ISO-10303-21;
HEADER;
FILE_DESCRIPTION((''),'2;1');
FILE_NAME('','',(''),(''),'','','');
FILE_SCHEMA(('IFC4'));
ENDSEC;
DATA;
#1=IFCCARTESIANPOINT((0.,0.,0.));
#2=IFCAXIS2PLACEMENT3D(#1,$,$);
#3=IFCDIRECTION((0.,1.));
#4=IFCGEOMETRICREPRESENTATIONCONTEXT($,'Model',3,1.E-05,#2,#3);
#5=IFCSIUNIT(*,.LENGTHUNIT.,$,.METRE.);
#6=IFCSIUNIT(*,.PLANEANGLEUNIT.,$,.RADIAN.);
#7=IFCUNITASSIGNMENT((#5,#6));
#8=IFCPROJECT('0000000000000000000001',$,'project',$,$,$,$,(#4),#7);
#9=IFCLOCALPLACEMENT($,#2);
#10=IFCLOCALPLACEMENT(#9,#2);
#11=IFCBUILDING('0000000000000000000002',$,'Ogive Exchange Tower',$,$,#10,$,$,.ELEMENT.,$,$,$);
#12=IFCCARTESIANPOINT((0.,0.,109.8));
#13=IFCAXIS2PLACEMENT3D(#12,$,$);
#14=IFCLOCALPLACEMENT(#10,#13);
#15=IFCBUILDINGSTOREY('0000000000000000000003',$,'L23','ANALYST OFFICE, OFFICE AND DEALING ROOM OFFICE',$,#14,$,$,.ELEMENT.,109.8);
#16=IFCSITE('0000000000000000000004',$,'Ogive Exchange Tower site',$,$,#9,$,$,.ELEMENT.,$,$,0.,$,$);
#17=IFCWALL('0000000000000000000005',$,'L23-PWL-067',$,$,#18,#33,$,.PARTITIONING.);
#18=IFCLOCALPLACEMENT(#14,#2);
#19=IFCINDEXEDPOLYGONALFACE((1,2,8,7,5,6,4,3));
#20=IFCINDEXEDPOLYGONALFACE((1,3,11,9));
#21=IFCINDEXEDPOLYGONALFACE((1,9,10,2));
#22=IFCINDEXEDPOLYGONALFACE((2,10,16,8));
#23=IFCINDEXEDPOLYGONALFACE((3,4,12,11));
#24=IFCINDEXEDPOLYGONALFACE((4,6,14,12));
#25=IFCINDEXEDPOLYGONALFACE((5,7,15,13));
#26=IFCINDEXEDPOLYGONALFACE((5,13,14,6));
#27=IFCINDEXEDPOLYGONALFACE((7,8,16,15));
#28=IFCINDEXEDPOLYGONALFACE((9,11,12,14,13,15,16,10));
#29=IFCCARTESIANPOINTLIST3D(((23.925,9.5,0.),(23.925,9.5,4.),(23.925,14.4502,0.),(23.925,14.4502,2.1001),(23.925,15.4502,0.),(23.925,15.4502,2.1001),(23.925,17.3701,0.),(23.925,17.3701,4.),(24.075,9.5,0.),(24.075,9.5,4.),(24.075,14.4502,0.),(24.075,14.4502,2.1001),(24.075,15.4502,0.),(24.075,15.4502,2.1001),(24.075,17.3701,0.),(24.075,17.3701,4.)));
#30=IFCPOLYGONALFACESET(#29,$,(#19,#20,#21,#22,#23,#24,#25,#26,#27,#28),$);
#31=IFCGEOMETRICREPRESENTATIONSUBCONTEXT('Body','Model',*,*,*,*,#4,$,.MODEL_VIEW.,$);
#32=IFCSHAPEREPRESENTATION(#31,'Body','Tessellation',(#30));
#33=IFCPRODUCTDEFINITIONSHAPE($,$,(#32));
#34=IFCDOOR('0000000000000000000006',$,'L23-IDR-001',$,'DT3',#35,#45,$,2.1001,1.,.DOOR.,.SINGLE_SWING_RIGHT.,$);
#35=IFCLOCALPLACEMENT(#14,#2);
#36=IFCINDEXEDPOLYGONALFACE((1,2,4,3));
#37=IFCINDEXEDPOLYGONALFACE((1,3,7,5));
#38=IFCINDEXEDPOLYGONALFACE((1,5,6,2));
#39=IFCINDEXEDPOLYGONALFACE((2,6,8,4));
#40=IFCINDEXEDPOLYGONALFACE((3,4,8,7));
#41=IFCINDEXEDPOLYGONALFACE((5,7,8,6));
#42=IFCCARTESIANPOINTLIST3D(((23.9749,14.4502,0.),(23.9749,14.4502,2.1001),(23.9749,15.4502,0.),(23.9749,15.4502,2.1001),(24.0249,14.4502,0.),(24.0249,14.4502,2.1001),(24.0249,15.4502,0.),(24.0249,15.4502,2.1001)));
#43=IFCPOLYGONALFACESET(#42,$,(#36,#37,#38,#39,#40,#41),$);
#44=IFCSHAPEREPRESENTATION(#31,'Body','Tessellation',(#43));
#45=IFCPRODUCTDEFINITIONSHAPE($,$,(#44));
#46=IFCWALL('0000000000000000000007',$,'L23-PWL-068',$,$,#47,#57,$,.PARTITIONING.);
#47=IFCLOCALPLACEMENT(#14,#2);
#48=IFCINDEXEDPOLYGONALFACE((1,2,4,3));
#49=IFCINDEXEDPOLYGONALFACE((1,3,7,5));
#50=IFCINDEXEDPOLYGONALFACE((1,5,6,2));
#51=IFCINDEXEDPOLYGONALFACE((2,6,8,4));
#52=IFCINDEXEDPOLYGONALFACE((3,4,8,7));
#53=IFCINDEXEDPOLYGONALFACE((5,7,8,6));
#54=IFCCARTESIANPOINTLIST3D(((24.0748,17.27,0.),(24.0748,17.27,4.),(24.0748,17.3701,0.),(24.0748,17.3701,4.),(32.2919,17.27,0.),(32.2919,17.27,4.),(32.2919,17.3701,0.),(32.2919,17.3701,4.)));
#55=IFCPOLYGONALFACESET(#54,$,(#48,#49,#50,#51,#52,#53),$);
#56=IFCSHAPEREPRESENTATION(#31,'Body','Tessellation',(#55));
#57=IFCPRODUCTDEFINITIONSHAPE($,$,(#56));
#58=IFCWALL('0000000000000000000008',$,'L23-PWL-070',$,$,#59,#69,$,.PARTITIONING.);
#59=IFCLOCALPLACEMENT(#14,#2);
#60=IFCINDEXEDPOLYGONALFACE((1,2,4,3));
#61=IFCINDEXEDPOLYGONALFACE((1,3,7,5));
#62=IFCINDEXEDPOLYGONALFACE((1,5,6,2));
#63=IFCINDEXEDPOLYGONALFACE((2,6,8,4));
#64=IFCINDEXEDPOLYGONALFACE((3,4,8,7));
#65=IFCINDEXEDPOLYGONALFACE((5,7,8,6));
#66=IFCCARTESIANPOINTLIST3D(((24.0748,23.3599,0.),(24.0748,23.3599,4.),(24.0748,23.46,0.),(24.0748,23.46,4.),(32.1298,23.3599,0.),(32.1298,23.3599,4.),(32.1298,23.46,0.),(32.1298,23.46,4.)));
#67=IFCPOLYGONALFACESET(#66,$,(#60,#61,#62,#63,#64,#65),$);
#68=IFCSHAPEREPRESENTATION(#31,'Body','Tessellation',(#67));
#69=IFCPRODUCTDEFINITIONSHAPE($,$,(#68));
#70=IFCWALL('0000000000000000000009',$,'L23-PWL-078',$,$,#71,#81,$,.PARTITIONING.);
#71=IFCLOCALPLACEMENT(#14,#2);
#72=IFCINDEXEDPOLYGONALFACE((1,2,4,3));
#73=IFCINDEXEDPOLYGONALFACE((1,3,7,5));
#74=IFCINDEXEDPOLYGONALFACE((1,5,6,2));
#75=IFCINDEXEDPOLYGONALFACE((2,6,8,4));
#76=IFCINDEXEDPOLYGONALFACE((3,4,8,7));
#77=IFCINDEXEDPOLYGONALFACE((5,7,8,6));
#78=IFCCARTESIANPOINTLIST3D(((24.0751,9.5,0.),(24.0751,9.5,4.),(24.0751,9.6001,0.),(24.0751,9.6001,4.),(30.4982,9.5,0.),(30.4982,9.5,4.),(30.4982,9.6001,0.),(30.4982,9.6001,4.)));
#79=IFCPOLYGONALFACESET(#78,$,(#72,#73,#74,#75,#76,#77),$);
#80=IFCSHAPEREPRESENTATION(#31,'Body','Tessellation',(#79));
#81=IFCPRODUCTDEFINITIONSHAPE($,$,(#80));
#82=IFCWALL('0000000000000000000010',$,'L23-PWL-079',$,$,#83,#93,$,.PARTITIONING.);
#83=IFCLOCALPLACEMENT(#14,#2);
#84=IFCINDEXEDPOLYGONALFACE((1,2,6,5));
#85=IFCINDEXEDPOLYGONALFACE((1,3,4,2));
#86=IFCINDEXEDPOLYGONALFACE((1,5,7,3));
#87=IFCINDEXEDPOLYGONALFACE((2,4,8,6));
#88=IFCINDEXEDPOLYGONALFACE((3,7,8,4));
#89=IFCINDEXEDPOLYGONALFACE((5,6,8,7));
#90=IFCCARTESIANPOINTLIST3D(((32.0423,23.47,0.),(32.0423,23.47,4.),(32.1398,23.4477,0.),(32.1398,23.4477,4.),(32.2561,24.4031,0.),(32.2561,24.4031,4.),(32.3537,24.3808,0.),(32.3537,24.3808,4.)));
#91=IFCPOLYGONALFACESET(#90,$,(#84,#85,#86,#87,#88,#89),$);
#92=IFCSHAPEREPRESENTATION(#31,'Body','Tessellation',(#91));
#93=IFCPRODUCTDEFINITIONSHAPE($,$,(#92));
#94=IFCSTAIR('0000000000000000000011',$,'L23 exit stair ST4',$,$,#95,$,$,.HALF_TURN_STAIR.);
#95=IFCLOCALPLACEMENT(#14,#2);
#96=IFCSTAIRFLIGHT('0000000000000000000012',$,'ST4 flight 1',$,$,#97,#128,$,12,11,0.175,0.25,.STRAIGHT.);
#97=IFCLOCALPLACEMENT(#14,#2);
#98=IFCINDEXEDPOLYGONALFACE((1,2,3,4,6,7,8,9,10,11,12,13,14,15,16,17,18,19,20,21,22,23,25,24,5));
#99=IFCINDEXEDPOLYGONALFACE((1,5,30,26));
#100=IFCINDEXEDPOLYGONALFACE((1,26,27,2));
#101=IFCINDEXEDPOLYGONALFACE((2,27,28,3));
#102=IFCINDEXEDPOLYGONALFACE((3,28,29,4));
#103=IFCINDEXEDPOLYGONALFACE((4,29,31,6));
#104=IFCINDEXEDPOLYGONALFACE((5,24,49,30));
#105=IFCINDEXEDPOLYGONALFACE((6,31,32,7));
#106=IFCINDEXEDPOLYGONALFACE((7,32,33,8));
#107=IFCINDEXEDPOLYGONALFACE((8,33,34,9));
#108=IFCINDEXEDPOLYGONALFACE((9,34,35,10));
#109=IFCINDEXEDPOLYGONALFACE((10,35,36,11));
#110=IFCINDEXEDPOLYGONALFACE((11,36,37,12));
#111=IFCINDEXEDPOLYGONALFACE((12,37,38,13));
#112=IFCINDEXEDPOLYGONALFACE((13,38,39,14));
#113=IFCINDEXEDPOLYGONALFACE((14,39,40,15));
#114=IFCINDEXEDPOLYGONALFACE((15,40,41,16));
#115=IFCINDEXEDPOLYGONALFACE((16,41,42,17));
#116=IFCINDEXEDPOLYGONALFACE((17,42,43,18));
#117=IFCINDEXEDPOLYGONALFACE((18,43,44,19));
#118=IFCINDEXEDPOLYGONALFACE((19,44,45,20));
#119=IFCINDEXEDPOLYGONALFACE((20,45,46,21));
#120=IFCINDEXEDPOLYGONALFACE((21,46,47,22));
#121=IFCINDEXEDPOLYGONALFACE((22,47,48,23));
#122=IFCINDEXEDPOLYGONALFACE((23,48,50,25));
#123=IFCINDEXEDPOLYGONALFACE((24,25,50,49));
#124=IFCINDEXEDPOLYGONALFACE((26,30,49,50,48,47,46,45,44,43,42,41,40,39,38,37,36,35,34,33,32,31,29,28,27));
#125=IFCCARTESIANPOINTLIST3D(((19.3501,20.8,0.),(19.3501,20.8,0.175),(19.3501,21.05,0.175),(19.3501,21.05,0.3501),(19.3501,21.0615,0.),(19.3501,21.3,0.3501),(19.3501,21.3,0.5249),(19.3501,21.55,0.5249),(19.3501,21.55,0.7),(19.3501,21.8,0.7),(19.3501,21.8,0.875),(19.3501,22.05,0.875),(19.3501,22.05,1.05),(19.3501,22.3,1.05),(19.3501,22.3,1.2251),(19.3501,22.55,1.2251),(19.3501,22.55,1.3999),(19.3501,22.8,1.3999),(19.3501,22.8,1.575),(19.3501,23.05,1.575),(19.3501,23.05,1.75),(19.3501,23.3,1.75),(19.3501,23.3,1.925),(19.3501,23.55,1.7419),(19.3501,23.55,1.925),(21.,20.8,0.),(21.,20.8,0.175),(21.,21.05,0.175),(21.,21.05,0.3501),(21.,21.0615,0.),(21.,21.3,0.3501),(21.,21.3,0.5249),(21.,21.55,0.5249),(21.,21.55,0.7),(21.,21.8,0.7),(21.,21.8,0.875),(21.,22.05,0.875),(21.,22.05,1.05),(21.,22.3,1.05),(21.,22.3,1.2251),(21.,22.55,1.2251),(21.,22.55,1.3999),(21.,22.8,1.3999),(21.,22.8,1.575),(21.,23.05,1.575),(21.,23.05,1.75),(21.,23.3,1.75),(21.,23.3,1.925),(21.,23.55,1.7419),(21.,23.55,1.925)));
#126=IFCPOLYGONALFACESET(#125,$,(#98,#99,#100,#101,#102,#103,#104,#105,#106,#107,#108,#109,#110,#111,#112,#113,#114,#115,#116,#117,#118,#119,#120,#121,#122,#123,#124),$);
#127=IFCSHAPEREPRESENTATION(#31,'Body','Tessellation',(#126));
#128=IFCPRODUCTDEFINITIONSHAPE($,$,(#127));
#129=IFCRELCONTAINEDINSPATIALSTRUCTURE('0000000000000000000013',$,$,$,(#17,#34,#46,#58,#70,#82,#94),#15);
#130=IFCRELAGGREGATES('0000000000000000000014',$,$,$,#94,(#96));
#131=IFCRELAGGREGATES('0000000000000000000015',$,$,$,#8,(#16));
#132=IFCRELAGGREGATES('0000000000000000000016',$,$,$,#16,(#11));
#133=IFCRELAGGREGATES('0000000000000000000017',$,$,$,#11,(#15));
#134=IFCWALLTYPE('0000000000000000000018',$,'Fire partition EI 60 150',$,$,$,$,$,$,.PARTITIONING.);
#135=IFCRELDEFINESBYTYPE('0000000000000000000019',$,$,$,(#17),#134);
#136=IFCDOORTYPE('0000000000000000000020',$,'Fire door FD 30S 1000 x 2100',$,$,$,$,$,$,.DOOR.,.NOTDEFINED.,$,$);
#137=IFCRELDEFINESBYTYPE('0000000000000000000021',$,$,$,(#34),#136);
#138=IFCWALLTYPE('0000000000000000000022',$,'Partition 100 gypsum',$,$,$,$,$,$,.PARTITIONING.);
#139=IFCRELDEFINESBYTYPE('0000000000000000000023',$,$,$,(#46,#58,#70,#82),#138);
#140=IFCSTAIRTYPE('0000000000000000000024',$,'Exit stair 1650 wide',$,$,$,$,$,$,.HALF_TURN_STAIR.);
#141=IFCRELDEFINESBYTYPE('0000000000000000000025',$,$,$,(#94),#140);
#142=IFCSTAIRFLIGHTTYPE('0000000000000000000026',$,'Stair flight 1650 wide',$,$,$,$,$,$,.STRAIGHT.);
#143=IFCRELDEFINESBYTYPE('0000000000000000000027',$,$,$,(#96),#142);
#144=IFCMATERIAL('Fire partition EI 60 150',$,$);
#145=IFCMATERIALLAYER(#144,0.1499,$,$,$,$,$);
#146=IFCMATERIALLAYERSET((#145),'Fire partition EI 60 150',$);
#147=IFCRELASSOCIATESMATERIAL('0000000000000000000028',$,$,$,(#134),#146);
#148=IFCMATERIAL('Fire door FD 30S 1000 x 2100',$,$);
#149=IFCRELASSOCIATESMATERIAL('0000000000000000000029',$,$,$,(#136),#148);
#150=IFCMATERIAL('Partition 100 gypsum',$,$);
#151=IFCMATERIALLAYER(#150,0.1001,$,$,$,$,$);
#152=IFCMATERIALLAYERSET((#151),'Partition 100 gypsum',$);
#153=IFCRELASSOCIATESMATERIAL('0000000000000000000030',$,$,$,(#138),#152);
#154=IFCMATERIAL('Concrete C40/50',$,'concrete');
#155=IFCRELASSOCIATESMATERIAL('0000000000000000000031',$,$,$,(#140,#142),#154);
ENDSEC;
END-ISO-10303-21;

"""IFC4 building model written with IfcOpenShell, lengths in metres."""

from ifc_helpers import new_model, si_unit, direction, frame, frame_2d, origin, place, context, subcontext, project, spatial, polyline, rectangle, outline, extrude, material, layer, layer_set, type_object, element, fill, aggregate, save


model = new_model("IFC4")

# Units and contexts
model_context = context("Model", 3, precision=1e-05, world=origin(), true_north=direction((0.0, 1.0)))
body_context = subcontext(model_context, "Body", "Model", "MODEL_VIEW")
ifc_project = project(units=[si_unit("LENGTHUNIT", "METRE"), si_unit("PLANEANGLEUNIT", "RADIAN")], contexts=[model_context])

# Site, building, storey
site_placement = place(None, origin())
site = spatial("IfcSite", under=ifc_project, at=site_placement, Name="Ogive Exchange Tower site", CompositionType="ELEMENT", RefElevation=0.0)
building_placement = place(site_placement, origin())
building = spatial("IfcBuilding", under=site, at=building_placement, Name="Ogive Exchange Tower", CompositionType="ELEMENT")
storey_placement = place(building_placement, frame((0.0, 0.0, 109.8)))
storey = spatial("IfcBuildingStorey", under=building, at=storey_placement, Name="L23", Description="ANALYST OFFICE, OFFICE AND DEALING ROOM OFFICE", CompositionType="ELEMENT", Elevation=109.8)

# Wall, opening, door
ifc_material_1 = material(Name="Fire partition EI 60 150")
ifc_layer_1 = layer(ifc_material_1, 0.1499)
ifc_layer_set_1 = layer_set([ifc_layer_1], Name="Fire partition EI 60 150")
wall_type_1 = type_object("IfcWallType", Name="Fire partition EI 60 150", PredefinedType="PARTITIONING", material=ifc_layer_set_1)
ifc_material_2 = material(Name="Fire door FD 30S 1000 x 2100")
door_type = type_object("IfcDoorType", Name="Fire door FD 30S 1000 x 2100", OperationType="NOTDEFINED", PredefinedType="DOOR", material=ifc_material_2)
wall_1_placement = place(storey_placement, frame((24.0, 17.3701, 0.0), z_axis=(0.0, 0.0, 1.0), x_axis=(0.0, -1.0, 0.0)))
wall_1 = element("IfcWall", 1, at=wall_1_placement, inside=storey, type_object=wall_type_1, Name="L23-PWL-067", PredefinedType="PARTITIONING", context=body_context, shape_type="SweptSolid", body=[
    extrude(rectangle(XDim=7.8701, YDim=0.1499, at=frame_2d((3.9351, 0.0))), origin(), (0.0, 0.0, 1.0), 4.0),
])
opening_1_placement = place(wall_1_placement, frame((1.9199, 0.0, 0.0)))
opening_1 = element("IfcOpeningElement", 2, at=opening_1_placement, cuts=wall_1, PredefinedType="OPENING", context=body_context, shape_type="SweptSolid", body=[
    extrude(rectangle(XDim=1.0, YDim=2.1001, at=frame_2d((0.5, 1.05))), frame((0.0, 0.085, 0.0), z_axis=(0.0, -1.0, 0.0), x_axis=(1.0, 0.0, 0.0)), (0.0, 0.0, 1.0), 0.1699),
])
door_1_placement = place(opening_1_placement, origin())
door_1 = element("IfcDoor", 3, at=door_1_placement, inside=storey, type_object=door_type, Name="L23-IDR-001", ObjectType="DT3", OperationType="SINGLE_SWING_RIGHT", OverallHeight=2.1001, OverallWidth=1.0, PredefinedType="DOOR", context=body_context, shape_type="SweptSolid", body=[
    extrude(rectangle(XDim=1.0, YDim=2.1001, at=frame_2d((0.5, 1.05))), frame((0.0, 0.0249, 0.0), z_axis=(0.0, -1.0, 0.0), x_axis=(1.0, 0.0, 0.0)), (0.0, 0.0, 1.0), 0.05),
])
fill(opening_1, door_1)

# Walls
ifc_material_3 = material(Name="Partition 100 gypsum")
ifc_layer_2 = layer(ifc_material_3, 0.1001)
ifc_layer_set_2 = layer_set([ifc_layer_2], Name="Partition 100 gypsum")
wall_type_2 = type_object("IfcWallType", Name="Partition 100 gypsum", PredefinedType="PARTITIONING", material=ifc_layer_set_2)
wall_2_placement = place(storey_placement, frame((24.075, 17.3201, 0.0), z_axis=(0.0, 0.0, 1.0), x_axis=(1.0, 0.0, 0.0)))
element("IfcWall", 4, at=wall_2_placement, inside=storey, type_object=wall_type_2, Name="L23-PWL-068", PredefinedType="PARTITIONING", context=body_context, shape_type="SweptSolid", body=[
    extrude(rectangle(XDim=8.217, YDim=0.1001, at=frame_2d((4.1084, 0.0))), origin(), (0.0, 0.0, 1.0), 4.0),
])
wall_3_placement = place(storey_placement, frame((24.075, 23.4099, 0.0), z_axis=(0.0, 0.0, 1.0), x_axis=(1.0, 0.0, 0.0)))
element("IfcWall", 5, at=wall_3_placement, inside=storey, type_object=wall_type_2, Name="L23-PWL-070", PredefinedType="PARTITIONING", context=body_context, shape_type="SweptSolid", body=[
    extrude(rectangle(XDim=8.0549, YDim=0.1001, at=frame_2d((4.0273, 0.0))), origin(), (0.0, 0.0, 1.0), 4.0),
])
wall_4_placement = place(storey_placement, frame((30.498, 9.55, 0.0), z_axis=(0.0, 0.0, 1.0), x_axis=(-1.0, 0.0, 0.0)))
element("IfcWall", 6, at=wall_4_placement, inside=storey, type_object=wall_type_2, Name="L23-PWL-078", PredefinedType="PARTITIONING", context=body_context, shape_type="SweptSolid", body=[
    extrude(rectangle(XDim=6.4231, YDim=0.1001, at=frame_2d((3.2114, 0.0))), origin(), (0.0, 0.0, 1.0), 4.0),
])
wall_5_placement = place(storey_placement, frame((32.0911, 23.459, 0.0), z_axis=(0.0, 0.0, 1.0), x_axis=(0.223406, 0.974725, 0.0)))
element("IfcWall", 7, at=wall_5_placement, inside=storey, type_object=wall_type_2, Name="L23-PWL-079", PredefinedType="PARTITIONING", context=body_context, shape_type="SweptSolid", body=[
    extrude(rectangle(XDim=0.9573, YDim=0.1001, at=frame_2d((0.4785, 0.0))), origin(), (0.0, 0.0, 1.0), 4.0),
])

# Stair, stair flight
ifc_material_4 = material(Name="Concrete C40/50", Category="concrete")
stair_type = type_object("IfcStairType", Name="Exit stair 1650 wide", PredefinedType="HALF_TURN_STAIR", material=ifc_material_4)
stair_placement = place(storey_placement, origin())
stair = element("IfcStair", 8, at=stair_placement, inside=storey, type_object=stair_type, Name="L23 exit stair ST4", PredefinedType="HALF_TURN_STAIR")
stair_flight_type = type_object("IfcStairFlightType", Name="Stair flight 1650 wide", PredefinedType="STRAIGHT", material=ifc_material_4)
stair_flight_placement = place(storey_placement, frame((20.175, 20.8, 0.0), z_axis=(0.0, 0.0, 1.0), x_axis=(0.0, 1.0, 0.0)))
stair_flight = element("IfcStairFlight", 9, at=stair_flight_placement, type_object=stair_flight_type, Name="ST4 flight 1", NumberOfRisers=12, NumberOfTreads=11, PredefinedType="STRAIGHT", RiserHeight=0.175, TreadLength=0.25, context=body_context, shape_type="SweptSolid", body=[
    extrude(outline(polyline([(0.0, 0.0), (0.0, 0.175), (0.25, 0.175), (0.25, 0.3501), (0.5, 0.3501), (0.5, 0.5249), (0.75, 0.5249), (0.75, 0.7), (1.0, 0.7), (1.0, 0.875), (1.25, 0.875), (1.25, 1.05), (1.5, 1.05), (1.5, 1.2251), (1.75, 1.2251), (1.75, 1.3999), (2.0, 1.3999), (2.0, 1.575), (2.25, 1.575), (2.25, 1.75), (2.5, 1.75), (2.5, 1.925), (2.75, 1.925), (2.75, 2.1001), (2.75, 1.7419), (0.2615, 0.0), (0.0, 0.0)])), frame((0.0, 0.825, 0.0), z_axis=(0.0, -1.0, 0.0), x_axis=(1.0, 0.0, 0.0)), (0.0, 0.0, 1.0), 1.6499),
])
aggregate(stair, [stair_flight])

save(model, "model.ifc")
